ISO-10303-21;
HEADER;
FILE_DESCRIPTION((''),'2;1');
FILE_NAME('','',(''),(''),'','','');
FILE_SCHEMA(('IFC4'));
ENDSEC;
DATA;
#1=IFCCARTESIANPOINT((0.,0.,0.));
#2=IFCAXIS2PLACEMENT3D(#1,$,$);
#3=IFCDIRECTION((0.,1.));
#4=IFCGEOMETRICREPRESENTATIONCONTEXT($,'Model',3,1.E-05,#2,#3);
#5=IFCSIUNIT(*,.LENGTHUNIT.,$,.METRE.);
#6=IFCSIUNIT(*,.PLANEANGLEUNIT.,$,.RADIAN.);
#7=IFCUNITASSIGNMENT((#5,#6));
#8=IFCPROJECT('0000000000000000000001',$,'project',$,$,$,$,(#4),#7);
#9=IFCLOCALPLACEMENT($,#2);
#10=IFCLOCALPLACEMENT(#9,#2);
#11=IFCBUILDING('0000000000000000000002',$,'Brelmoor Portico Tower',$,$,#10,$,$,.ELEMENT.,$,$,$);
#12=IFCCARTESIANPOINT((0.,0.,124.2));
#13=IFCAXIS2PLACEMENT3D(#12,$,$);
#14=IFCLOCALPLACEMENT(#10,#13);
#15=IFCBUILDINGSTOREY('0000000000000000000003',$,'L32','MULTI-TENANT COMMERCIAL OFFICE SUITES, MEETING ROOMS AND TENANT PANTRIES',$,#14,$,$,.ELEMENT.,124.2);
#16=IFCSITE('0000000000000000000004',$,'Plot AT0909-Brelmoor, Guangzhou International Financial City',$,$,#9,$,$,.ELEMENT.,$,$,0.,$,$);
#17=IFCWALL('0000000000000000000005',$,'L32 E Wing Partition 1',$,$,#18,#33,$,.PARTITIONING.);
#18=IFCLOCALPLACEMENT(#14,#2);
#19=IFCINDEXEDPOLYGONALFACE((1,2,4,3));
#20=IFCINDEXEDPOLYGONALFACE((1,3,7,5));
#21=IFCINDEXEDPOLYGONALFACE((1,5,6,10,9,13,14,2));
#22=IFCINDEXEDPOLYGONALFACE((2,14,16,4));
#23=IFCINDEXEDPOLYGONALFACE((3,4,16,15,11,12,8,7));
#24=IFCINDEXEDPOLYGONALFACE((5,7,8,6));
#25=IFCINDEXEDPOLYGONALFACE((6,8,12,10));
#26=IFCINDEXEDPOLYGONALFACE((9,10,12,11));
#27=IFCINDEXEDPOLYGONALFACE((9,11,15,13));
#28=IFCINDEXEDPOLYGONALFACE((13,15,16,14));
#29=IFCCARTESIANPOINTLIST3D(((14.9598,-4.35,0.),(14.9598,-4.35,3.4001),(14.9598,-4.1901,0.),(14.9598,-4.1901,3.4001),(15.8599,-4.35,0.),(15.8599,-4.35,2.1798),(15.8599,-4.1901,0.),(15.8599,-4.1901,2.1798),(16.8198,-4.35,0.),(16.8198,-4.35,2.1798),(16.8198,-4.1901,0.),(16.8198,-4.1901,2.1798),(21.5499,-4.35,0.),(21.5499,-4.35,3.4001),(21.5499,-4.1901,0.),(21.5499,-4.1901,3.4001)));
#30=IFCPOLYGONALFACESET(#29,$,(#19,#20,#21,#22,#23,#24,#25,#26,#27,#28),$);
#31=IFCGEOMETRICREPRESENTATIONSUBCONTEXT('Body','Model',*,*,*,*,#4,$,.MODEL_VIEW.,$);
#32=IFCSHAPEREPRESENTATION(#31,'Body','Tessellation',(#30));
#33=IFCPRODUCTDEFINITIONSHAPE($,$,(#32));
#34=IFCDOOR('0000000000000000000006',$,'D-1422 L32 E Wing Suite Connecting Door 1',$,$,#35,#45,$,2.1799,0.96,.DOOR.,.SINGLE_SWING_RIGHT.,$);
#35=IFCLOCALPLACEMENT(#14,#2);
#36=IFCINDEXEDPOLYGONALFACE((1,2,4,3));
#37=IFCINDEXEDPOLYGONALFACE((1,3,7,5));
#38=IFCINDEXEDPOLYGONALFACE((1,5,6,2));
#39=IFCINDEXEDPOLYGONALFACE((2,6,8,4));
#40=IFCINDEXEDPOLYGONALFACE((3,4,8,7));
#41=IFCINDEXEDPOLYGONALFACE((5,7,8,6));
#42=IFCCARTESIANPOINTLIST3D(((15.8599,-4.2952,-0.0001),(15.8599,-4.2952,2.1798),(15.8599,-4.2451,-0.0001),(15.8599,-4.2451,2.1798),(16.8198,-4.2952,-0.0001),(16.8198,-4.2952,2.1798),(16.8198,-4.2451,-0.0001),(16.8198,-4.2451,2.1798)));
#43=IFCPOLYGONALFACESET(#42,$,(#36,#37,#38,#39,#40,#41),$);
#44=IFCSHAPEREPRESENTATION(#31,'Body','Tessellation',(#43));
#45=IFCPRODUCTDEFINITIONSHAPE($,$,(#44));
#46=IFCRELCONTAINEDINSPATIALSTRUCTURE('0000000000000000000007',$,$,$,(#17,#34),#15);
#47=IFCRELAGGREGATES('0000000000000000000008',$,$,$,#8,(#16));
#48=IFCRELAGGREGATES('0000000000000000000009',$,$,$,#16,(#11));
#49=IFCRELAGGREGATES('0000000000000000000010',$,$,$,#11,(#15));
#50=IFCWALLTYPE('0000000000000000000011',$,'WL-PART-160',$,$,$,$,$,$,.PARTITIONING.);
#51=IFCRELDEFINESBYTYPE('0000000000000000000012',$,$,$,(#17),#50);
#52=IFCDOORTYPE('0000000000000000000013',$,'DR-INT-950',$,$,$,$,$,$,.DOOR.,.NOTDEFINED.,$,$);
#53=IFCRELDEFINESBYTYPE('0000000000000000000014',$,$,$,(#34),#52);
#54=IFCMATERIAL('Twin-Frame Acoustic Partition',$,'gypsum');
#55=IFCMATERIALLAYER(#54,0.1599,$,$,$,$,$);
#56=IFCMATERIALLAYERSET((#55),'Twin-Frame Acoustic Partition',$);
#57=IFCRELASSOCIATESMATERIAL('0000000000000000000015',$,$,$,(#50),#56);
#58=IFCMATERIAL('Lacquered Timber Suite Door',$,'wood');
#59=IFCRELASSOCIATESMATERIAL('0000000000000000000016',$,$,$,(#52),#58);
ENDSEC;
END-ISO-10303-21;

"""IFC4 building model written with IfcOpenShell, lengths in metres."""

from ifc_helpers import new_model, si_unit, direction, frame, frame_2d, origin, place, context, subcontext, project, spatial, rectangle, extrude, material, layer, layer_set, type_object, element, fill, save


model = new_model("IFC4")

# Units and contexts
model_context = context("Model", 3, precision=1e-05, world=origin(), true_north=direction((0.0, 1.0)))
body_context = subcontext(model_context, "Body", "Model", "MODEL_VIEW")
ifc_project = project(units=[si_unit("LENGTHUNIT", "METRE"), si_unit("PLANEANGLEUNIT", "RADIAN")], contexts=[model_context])

# Site, building, storey
site_placement = place(None, origin())
site = spatial("IfcSite", under=ifc_project, at=site_placement, Name="Plot AT0909-Brelmoor, Guangzhou International Financial City", CompositionType="ELEMENT", RefElevation=0.0)
building_placement = place(site_placement, origin())
building = spatial("IfcBuilding", under=site, at=building_placement, Name="Brelmoor Portico Tower", CompositionType="ELEMENT")
storey_placement = place(building_placement, frame((0.0, 0.0, 124.2)))
storey = spatial("IfcBuildingStorey", under=building, at=storey_placement, Name="L32", Description="MULTI-TENANT COMMERCIAL OFFICE SUITES, MEETING ROOMS AND TENANT PANTRIES", CompositionType="ELEMENT", Elevation=124.2)

# Wall, opening, door
ifc_material_1 = material(Name="Twin-Frame Acoustic Partition", Category="gypsum")
ifc_layer_1 = layer(ifc_material_1, 0.1599)
ifc_layer_set_1 = layer_set([ifc_layer_1], Name="Twin-Frame Acoustic Partition")
wall_type_1 = type_object("IfcWallType", Name="WL-PART-160", PredefinedType="PARTITIONING", material=ifc_layer_set_1)
wall_1_placement = place(storey_placement, frame((14.96, -4.27, 0.0), z_axis=(0.0, 0.0, 1.0), x_axis=(1.0, 0.0, 0.0)))
wall_1 = element("IfcWall", 1, at=wall_1_placement, inside=storey, type_object=wall_type_1, Name="L32 E Wing Partition 1", PredefinedType="PARTITIONING", context=body_context, shape_type="SweptSolid", body=[
    extrude(rectangle(XDim=6.5901, YDim=0.1599, at=frame_2d((3.2949, 0.0))), origin(), (0.0, 0.0, 1.0), 3.4001),
])
opening_1_placement = place(wall_1_placement, frame((0.8999, 0.0, 0.0)))
opening_1 = element("IfcOpeningElement", 2, at=opening_1_placement, cuts=wall_1, PredefinedType="OPENING", context=body_context, shape_type="SweptSolid", body=[
    extrude(rectangle(XDim=0.96, YDim=2.1799, at=frame_2d((0.48, 1.0898))), frame((0.0, 0.0898, 0.0), z_axis=(0.0, -1.0, 0.0), x_axis=(1.0, 0.0, 0.0)), (0.0, 0.0, 1.0), 0.1799),
])
ifc_material_2 = material(Name="Lacquered Timber Suite Door", Category="wood")
door_type_1 = type_object("IfcDoorType", Name="DR-INT-950", OperationType="NOTDEFINED", PredefinedType="DOOR", material=ifc_material_2)
door_1_placement = place(opening_1_placement, origin())
door_1 = element("IfcDoor", 3, at=door_1_placement, inside=storey, type_object=door_type_1, Name="D-1422 L32 E Wing Suite Connecting Door 1", OperationType="SINGLE_SWING_RIGHT", OverallHeight=2.1799, OverallWidth=0.96, PredefinedType="DOOR", context=body_context, shape_type="SweptSolid", body=[
    extrude(rectangle(XDim=0.96, YDim=2.1799, at=frame_2d((0.48, 1.0898))), frame((0.0, 0.0249, 0.0), z_axis=(0.0, -1.0, 0.0), x_axis=(1.0, 0.0, 0.0)), (0.0, 0.0, 1.0), 0.05),
])
fill(opening_1, door_1)

save(model, "model.ifc")
